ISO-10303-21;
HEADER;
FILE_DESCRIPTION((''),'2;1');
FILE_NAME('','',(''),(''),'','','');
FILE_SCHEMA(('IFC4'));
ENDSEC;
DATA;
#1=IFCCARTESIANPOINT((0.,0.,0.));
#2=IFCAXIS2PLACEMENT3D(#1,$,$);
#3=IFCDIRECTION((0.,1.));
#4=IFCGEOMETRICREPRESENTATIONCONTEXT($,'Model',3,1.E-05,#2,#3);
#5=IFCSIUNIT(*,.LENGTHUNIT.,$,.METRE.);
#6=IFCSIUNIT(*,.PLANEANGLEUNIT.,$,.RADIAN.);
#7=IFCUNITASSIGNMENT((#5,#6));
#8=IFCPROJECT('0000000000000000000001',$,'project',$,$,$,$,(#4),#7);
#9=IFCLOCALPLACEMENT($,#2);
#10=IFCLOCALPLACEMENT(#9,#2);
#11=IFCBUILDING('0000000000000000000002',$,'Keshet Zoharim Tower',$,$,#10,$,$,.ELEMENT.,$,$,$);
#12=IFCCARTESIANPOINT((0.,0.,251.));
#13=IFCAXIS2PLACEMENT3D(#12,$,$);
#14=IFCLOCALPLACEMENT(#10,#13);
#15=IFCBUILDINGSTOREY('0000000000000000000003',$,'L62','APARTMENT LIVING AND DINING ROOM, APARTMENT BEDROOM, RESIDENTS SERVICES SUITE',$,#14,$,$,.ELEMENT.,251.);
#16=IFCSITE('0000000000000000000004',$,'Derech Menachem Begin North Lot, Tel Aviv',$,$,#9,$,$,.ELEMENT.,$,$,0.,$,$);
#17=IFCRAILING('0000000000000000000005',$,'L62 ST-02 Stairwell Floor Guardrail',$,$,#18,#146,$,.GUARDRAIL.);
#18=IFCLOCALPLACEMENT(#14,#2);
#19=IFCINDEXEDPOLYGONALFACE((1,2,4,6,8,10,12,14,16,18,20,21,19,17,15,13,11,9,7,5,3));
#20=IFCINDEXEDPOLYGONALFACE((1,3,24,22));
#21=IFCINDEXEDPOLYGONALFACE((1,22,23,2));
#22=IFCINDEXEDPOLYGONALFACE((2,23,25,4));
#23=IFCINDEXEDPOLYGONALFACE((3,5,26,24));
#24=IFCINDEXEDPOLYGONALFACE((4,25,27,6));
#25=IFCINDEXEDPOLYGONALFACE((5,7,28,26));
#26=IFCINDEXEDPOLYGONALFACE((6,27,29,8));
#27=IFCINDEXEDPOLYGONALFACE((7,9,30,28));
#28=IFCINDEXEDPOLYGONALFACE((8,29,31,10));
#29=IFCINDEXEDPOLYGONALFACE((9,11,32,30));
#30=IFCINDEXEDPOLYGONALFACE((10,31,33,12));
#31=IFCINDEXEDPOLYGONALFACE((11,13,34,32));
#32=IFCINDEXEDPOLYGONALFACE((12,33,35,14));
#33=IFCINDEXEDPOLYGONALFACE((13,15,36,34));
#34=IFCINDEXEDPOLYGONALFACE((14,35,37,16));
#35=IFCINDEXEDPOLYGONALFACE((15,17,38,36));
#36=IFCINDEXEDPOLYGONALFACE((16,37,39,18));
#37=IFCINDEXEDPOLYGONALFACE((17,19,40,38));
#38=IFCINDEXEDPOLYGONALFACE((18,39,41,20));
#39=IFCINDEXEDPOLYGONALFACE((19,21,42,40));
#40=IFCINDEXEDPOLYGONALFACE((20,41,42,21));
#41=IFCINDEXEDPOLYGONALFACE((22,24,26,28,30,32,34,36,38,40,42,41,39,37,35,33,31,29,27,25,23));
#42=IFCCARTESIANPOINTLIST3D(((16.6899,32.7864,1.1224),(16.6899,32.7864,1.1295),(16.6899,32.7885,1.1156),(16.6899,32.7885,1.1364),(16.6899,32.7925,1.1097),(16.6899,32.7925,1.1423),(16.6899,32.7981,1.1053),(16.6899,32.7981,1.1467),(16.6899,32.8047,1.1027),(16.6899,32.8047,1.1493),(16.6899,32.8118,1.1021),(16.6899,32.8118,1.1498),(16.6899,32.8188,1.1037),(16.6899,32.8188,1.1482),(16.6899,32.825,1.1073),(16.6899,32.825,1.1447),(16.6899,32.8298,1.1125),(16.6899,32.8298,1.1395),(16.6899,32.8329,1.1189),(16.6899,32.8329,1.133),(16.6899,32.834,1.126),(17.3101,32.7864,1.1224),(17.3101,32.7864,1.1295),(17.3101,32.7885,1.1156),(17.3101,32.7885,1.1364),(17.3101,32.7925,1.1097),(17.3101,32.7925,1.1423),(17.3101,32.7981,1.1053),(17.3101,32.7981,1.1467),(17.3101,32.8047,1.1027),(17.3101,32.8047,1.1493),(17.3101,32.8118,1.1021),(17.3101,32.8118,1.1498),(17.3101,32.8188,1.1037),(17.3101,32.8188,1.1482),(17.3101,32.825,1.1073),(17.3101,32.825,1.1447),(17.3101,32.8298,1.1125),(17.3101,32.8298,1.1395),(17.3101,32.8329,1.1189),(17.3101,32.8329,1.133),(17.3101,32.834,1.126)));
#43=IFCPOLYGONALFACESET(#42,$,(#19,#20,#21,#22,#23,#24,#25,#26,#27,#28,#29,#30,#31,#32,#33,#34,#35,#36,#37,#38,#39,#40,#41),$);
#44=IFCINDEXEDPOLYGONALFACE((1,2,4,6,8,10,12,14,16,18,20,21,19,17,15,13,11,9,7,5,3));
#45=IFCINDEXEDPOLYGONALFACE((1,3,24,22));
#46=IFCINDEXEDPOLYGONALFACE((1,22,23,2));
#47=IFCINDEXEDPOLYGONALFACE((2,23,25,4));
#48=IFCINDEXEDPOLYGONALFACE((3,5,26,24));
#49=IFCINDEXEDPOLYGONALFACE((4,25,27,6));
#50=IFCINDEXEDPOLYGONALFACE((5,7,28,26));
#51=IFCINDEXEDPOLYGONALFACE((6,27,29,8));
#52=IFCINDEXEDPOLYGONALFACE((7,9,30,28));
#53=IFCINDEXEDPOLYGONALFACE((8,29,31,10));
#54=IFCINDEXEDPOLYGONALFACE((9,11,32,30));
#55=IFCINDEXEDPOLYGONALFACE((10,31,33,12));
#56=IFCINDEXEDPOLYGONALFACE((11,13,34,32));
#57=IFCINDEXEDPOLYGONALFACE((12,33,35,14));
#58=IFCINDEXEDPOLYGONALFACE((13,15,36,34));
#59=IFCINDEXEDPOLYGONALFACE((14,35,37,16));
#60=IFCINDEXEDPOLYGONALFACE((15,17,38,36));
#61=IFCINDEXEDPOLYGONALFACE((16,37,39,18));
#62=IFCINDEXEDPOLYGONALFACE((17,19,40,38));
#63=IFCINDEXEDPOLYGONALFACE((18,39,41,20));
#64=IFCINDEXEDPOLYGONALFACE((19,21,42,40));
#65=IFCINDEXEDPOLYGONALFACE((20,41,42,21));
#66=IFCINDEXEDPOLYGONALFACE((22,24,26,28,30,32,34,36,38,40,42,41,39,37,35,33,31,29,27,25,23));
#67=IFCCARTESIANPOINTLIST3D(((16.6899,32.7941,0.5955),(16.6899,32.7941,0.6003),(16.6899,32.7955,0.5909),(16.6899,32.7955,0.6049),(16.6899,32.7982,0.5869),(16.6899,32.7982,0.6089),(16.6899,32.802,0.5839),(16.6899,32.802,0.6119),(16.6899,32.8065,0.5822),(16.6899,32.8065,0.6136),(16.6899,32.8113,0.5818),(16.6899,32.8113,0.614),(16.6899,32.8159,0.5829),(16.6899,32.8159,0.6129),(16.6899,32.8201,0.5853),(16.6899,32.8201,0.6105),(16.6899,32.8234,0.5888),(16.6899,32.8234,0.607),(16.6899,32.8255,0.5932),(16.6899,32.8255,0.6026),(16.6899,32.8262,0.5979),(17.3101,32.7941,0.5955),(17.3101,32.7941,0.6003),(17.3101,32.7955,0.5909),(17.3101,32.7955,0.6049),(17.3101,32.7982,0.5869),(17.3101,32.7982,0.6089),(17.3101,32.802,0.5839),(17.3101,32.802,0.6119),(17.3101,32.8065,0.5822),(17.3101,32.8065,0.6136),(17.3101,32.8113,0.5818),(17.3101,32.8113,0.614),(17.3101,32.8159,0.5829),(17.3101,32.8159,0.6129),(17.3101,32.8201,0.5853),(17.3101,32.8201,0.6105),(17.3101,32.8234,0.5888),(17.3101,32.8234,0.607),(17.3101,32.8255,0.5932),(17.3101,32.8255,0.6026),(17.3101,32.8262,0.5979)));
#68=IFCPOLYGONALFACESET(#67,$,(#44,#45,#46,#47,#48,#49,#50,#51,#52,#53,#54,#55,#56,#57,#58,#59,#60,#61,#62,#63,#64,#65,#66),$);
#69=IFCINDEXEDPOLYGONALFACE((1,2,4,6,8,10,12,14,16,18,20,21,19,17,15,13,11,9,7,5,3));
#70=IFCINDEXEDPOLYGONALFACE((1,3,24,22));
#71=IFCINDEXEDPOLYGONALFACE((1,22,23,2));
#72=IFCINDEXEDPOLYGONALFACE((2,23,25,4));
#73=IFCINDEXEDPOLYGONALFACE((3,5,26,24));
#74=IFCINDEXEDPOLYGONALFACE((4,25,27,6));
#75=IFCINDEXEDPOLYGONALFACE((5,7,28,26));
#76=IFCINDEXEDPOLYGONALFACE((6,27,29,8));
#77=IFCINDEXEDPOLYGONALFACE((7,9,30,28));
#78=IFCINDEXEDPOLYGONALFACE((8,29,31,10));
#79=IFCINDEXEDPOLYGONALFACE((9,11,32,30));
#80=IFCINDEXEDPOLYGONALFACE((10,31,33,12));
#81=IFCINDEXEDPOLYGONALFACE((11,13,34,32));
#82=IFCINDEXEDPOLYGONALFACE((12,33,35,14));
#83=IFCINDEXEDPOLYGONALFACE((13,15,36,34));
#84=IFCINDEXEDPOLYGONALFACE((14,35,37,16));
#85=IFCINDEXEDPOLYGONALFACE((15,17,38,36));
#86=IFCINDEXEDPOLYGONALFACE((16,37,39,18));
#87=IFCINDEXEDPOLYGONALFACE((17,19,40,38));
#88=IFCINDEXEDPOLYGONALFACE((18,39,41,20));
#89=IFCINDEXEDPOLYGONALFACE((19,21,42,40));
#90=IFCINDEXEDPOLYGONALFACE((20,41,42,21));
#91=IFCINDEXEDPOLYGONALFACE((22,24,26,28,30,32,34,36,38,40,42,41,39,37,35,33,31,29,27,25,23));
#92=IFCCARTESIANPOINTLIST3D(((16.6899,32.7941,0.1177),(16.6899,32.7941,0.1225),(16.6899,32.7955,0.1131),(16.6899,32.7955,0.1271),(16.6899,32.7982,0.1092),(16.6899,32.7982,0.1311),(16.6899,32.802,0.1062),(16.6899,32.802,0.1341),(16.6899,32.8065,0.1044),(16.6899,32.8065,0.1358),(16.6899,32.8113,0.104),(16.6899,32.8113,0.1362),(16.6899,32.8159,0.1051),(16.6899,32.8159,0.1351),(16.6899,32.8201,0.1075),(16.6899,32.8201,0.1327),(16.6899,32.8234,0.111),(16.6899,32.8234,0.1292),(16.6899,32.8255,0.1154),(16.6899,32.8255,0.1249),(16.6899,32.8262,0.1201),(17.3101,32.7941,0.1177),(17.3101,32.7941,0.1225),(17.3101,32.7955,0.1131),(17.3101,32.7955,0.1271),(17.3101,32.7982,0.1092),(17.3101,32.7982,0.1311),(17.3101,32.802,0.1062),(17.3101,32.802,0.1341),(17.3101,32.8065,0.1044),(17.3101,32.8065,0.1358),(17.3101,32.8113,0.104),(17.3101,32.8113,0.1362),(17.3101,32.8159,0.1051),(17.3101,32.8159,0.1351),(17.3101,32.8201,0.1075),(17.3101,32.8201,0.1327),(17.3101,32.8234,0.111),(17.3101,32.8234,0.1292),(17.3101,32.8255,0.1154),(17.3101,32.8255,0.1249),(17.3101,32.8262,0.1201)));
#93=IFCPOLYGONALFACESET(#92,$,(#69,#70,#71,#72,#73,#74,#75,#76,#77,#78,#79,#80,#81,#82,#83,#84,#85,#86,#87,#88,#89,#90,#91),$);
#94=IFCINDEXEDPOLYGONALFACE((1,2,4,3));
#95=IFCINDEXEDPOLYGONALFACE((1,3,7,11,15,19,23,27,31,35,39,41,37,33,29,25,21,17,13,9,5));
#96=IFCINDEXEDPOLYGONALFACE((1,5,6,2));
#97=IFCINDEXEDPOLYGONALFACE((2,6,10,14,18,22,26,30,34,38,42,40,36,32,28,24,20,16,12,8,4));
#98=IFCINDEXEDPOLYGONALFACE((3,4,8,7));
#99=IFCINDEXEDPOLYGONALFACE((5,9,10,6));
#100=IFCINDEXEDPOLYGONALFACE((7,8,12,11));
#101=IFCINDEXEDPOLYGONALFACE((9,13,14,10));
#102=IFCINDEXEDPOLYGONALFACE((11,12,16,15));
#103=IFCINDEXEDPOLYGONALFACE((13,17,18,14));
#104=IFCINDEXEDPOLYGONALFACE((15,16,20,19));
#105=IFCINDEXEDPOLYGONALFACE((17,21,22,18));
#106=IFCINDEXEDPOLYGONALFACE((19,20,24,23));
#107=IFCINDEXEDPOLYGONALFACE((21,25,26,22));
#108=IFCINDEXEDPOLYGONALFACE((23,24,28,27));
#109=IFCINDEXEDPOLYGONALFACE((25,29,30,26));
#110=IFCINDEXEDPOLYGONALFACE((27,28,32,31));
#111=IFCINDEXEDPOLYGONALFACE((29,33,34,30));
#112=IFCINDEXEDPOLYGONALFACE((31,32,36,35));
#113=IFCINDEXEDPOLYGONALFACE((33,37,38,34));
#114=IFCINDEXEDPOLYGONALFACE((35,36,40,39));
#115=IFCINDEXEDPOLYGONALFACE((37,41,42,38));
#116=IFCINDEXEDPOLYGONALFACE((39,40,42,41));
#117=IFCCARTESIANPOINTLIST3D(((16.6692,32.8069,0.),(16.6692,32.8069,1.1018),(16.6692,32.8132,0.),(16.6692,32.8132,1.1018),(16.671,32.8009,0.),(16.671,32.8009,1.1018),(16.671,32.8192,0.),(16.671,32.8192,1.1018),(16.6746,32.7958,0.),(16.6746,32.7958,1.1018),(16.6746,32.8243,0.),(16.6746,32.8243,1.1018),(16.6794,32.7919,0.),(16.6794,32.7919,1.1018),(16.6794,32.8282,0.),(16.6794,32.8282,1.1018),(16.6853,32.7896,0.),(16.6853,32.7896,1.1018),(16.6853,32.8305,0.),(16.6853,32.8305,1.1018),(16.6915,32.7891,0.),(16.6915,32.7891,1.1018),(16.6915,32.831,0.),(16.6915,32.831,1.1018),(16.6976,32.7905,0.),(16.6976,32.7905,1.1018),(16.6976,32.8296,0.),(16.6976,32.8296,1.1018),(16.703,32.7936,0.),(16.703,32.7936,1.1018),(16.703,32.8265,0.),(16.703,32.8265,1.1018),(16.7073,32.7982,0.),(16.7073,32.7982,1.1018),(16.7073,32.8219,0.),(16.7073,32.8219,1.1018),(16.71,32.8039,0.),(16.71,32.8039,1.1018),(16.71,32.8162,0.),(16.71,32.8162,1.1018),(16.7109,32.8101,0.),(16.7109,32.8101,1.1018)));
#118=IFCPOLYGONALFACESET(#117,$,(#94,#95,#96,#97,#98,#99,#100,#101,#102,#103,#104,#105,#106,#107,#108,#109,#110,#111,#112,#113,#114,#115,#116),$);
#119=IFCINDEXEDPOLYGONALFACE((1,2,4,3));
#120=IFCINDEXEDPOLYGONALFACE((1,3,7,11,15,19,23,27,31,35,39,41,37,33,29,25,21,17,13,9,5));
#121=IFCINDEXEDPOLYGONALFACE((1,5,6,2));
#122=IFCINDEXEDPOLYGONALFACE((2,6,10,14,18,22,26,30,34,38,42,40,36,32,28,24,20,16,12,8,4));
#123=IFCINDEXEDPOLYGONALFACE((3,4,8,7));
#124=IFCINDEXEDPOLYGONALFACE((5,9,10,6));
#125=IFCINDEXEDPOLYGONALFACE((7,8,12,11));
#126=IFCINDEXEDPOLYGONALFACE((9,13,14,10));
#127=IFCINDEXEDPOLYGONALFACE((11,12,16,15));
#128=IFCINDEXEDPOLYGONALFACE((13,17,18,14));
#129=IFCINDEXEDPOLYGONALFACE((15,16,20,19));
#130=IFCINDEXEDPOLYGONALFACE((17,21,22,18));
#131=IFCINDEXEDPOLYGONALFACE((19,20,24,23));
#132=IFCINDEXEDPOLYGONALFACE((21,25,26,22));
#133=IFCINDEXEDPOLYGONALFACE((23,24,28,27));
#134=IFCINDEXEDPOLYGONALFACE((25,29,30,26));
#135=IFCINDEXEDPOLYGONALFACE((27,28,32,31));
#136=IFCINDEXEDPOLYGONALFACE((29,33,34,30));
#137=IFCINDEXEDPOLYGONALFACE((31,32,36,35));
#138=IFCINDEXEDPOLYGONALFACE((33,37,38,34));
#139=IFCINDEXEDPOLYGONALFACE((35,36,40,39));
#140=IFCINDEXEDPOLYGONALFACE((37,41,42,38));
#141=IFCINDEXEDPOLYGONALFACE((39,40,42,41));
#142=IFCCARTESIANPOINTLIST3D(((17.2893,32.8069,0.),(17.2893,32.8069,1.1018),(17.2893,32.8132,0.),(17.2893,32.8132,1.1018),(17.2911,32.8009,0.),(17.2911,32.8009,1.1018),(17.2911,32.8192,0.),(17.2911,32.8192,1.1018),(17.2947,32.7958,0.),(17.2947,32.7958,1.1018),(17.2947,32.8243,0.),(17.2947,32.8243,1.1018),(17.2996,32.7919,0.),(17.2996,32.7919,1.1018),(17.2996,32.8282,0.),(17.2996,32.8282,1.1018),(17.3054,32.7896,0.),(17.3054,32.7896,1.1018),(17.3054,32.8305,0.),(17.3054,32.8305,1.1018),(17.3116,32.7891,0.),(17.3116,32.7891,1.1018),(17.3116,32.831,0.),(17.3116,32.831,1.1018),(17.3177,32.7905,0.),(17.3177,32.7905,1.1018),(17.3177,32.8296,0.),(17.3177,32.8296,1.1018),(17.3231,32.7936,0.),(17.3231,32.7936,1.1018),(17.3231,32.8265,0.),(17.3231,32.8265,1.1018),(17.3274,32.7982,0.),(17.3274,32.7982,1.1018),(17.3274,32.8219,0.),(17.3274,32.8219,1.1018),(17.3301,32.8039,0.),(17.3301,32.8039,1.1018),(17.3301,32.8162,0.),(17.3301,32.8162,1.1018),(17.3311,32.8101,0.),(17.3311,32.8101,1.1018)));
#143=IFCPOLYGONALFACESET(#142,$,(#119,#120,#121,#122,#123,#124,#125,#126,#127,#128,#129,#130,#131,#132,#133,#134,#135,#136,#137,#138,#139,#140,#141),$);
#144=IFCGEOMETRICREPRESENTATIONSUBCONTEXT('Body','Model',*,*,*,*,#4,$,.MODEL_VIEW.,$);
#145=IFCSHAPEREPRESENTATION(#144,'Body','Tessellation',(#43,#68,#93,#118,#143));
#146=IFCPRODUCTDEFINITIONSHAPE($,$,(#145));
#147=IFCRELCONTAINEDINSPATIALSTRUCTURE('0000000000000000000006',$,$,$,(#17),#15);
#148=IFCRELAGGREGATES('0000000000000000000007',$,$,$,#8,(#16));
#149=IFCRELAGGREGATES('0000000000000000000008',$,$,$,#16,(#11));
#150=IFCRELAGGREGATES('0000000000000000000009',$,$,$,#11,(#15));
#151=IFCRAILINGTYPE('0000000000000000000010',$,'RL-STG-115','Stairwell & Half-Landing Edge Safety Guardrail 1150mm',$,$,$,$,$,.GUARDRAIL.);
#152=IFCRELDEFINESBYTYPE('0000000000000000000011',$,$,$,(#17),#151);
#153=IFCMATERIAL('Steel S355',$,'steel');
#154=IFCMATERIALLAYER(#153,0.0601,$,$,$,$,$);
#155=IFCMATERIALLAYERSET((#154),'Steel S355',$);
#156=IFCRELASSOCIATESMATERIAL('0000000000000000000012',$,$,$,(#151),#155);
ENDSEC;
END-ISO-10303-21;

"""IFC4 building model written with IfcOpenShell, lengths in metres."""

from ifc_helpers import new_model, si_unit, direction, frame, origin, origin_2d, place, context, subcontext, project, spatial, circle, extrude, material, layer, layer_set, type_object, element, save


model = new_model("IFC4")

# Units and contexts
model_context = context("Model", 3, precision=1e-05, world=origin(), true_north=direction((0.0, 1.0)))
body_context = subcontext(model_context, "Body", "Model", "MODEL_VIEW")
ifc_project = project(units=[si_unit("LENGTHUNIT", "METRE"), si_unit("PLANEANGLEUNIT", "RADIAN")], contexts=[model_context])

# Site, building, storey
site_placement = place(None, origin())
site = spatial("IfcSite", under=ifc_project, at=site_placement, Name="Derech Menachem Begin North Lot, Tel Aviv", CompositionType="ELEMENT", RefElevation=0.0)
building_placement = place(site_placement, origin())
building = spatial("IfcBuilding", under=site, at=building_placement, Name="Keshet Zoharim Tower", CompositionType="ELEMENT")
storey_placement = place(building_placement, frame((0.0, 0.0, 251.0)))
storey = spatial("IfcBuildingStorey", under=building, at=storey_placement, Name="L62", Description="APARTMENT LIVING AND DINING ROOM, APARTMENT BEDROOM, RESIDENTS SERVICES SUITE", CompositionType="ELEMENT", Elevation=251.0)

# Shared definitions
ifc_material_1 = material(Name="Steel S355", Category="steel")

# Railing
ifc_layer_1 = layer(ifc_material_1, 0.0601)
ifc_layer_set_1 = layer_set([ifc_layer_1], Name="Steel S355")
railing_type_1 = type_object("IfcRailingType", Name="RL-STG-115", Description="Stairwell & Half-Landing Edge Safety Guardrail 1150mm", PredefinedType="GUARDRAIL", material=ifc_layer_set_1)
railing_1_placement = place(storey_placement, frame((16.6899, 32.8101, 0.0)))
element("IfcRailing", 1, at=railing_1_placement, inside=storey, type_object=railing_type_1, Name="L62 ST-02 Stairwell Floor Guardrail", PredefinedType="GUARDRAIL", context=body_context, shape_type="SweptSolid", body=[
    extrude(circle(Radius=0.0239, at=origin_2d()), frame((0.0, 0.0, 1.126), z_axis=(1.0, 0.0, 0.0), x_axis=(0.0, 1.0, 0.0)), (0.0, 0.0, 1.0), 0.6201),
    extrude(circle(Radius=0.0161, at=origin_2d()), frame((0.0, 0.0, 0.5979), z_axis=(1.0, 0.0, 0.0), x_axis=(0.0, 1.0, 0.0)), (0.0, 0.0, 1.0), 0.6201),
    extrude(circle(Radius=0.0161, at=origin_2d()), frame((0.0, 0.0, 0.1201), z_axis=(1.0, 0.0, 0.0), x_axis=(0.0, 1.0, 0.0)), (0.0, 0.0, 1.0), 0.6201),
    extrude(circle(Radius=0.021, at=origin_2d()), origin(), (0.0, 0.0, 1.0), 1.1018),
    extrude(circle(Radius=0.021, at=origin_2d()), frame((0.6201, 0.0, 0.0)), (0.0, 0.0, 1.0), 1.1018),
])

save(model, "model.ifc")
